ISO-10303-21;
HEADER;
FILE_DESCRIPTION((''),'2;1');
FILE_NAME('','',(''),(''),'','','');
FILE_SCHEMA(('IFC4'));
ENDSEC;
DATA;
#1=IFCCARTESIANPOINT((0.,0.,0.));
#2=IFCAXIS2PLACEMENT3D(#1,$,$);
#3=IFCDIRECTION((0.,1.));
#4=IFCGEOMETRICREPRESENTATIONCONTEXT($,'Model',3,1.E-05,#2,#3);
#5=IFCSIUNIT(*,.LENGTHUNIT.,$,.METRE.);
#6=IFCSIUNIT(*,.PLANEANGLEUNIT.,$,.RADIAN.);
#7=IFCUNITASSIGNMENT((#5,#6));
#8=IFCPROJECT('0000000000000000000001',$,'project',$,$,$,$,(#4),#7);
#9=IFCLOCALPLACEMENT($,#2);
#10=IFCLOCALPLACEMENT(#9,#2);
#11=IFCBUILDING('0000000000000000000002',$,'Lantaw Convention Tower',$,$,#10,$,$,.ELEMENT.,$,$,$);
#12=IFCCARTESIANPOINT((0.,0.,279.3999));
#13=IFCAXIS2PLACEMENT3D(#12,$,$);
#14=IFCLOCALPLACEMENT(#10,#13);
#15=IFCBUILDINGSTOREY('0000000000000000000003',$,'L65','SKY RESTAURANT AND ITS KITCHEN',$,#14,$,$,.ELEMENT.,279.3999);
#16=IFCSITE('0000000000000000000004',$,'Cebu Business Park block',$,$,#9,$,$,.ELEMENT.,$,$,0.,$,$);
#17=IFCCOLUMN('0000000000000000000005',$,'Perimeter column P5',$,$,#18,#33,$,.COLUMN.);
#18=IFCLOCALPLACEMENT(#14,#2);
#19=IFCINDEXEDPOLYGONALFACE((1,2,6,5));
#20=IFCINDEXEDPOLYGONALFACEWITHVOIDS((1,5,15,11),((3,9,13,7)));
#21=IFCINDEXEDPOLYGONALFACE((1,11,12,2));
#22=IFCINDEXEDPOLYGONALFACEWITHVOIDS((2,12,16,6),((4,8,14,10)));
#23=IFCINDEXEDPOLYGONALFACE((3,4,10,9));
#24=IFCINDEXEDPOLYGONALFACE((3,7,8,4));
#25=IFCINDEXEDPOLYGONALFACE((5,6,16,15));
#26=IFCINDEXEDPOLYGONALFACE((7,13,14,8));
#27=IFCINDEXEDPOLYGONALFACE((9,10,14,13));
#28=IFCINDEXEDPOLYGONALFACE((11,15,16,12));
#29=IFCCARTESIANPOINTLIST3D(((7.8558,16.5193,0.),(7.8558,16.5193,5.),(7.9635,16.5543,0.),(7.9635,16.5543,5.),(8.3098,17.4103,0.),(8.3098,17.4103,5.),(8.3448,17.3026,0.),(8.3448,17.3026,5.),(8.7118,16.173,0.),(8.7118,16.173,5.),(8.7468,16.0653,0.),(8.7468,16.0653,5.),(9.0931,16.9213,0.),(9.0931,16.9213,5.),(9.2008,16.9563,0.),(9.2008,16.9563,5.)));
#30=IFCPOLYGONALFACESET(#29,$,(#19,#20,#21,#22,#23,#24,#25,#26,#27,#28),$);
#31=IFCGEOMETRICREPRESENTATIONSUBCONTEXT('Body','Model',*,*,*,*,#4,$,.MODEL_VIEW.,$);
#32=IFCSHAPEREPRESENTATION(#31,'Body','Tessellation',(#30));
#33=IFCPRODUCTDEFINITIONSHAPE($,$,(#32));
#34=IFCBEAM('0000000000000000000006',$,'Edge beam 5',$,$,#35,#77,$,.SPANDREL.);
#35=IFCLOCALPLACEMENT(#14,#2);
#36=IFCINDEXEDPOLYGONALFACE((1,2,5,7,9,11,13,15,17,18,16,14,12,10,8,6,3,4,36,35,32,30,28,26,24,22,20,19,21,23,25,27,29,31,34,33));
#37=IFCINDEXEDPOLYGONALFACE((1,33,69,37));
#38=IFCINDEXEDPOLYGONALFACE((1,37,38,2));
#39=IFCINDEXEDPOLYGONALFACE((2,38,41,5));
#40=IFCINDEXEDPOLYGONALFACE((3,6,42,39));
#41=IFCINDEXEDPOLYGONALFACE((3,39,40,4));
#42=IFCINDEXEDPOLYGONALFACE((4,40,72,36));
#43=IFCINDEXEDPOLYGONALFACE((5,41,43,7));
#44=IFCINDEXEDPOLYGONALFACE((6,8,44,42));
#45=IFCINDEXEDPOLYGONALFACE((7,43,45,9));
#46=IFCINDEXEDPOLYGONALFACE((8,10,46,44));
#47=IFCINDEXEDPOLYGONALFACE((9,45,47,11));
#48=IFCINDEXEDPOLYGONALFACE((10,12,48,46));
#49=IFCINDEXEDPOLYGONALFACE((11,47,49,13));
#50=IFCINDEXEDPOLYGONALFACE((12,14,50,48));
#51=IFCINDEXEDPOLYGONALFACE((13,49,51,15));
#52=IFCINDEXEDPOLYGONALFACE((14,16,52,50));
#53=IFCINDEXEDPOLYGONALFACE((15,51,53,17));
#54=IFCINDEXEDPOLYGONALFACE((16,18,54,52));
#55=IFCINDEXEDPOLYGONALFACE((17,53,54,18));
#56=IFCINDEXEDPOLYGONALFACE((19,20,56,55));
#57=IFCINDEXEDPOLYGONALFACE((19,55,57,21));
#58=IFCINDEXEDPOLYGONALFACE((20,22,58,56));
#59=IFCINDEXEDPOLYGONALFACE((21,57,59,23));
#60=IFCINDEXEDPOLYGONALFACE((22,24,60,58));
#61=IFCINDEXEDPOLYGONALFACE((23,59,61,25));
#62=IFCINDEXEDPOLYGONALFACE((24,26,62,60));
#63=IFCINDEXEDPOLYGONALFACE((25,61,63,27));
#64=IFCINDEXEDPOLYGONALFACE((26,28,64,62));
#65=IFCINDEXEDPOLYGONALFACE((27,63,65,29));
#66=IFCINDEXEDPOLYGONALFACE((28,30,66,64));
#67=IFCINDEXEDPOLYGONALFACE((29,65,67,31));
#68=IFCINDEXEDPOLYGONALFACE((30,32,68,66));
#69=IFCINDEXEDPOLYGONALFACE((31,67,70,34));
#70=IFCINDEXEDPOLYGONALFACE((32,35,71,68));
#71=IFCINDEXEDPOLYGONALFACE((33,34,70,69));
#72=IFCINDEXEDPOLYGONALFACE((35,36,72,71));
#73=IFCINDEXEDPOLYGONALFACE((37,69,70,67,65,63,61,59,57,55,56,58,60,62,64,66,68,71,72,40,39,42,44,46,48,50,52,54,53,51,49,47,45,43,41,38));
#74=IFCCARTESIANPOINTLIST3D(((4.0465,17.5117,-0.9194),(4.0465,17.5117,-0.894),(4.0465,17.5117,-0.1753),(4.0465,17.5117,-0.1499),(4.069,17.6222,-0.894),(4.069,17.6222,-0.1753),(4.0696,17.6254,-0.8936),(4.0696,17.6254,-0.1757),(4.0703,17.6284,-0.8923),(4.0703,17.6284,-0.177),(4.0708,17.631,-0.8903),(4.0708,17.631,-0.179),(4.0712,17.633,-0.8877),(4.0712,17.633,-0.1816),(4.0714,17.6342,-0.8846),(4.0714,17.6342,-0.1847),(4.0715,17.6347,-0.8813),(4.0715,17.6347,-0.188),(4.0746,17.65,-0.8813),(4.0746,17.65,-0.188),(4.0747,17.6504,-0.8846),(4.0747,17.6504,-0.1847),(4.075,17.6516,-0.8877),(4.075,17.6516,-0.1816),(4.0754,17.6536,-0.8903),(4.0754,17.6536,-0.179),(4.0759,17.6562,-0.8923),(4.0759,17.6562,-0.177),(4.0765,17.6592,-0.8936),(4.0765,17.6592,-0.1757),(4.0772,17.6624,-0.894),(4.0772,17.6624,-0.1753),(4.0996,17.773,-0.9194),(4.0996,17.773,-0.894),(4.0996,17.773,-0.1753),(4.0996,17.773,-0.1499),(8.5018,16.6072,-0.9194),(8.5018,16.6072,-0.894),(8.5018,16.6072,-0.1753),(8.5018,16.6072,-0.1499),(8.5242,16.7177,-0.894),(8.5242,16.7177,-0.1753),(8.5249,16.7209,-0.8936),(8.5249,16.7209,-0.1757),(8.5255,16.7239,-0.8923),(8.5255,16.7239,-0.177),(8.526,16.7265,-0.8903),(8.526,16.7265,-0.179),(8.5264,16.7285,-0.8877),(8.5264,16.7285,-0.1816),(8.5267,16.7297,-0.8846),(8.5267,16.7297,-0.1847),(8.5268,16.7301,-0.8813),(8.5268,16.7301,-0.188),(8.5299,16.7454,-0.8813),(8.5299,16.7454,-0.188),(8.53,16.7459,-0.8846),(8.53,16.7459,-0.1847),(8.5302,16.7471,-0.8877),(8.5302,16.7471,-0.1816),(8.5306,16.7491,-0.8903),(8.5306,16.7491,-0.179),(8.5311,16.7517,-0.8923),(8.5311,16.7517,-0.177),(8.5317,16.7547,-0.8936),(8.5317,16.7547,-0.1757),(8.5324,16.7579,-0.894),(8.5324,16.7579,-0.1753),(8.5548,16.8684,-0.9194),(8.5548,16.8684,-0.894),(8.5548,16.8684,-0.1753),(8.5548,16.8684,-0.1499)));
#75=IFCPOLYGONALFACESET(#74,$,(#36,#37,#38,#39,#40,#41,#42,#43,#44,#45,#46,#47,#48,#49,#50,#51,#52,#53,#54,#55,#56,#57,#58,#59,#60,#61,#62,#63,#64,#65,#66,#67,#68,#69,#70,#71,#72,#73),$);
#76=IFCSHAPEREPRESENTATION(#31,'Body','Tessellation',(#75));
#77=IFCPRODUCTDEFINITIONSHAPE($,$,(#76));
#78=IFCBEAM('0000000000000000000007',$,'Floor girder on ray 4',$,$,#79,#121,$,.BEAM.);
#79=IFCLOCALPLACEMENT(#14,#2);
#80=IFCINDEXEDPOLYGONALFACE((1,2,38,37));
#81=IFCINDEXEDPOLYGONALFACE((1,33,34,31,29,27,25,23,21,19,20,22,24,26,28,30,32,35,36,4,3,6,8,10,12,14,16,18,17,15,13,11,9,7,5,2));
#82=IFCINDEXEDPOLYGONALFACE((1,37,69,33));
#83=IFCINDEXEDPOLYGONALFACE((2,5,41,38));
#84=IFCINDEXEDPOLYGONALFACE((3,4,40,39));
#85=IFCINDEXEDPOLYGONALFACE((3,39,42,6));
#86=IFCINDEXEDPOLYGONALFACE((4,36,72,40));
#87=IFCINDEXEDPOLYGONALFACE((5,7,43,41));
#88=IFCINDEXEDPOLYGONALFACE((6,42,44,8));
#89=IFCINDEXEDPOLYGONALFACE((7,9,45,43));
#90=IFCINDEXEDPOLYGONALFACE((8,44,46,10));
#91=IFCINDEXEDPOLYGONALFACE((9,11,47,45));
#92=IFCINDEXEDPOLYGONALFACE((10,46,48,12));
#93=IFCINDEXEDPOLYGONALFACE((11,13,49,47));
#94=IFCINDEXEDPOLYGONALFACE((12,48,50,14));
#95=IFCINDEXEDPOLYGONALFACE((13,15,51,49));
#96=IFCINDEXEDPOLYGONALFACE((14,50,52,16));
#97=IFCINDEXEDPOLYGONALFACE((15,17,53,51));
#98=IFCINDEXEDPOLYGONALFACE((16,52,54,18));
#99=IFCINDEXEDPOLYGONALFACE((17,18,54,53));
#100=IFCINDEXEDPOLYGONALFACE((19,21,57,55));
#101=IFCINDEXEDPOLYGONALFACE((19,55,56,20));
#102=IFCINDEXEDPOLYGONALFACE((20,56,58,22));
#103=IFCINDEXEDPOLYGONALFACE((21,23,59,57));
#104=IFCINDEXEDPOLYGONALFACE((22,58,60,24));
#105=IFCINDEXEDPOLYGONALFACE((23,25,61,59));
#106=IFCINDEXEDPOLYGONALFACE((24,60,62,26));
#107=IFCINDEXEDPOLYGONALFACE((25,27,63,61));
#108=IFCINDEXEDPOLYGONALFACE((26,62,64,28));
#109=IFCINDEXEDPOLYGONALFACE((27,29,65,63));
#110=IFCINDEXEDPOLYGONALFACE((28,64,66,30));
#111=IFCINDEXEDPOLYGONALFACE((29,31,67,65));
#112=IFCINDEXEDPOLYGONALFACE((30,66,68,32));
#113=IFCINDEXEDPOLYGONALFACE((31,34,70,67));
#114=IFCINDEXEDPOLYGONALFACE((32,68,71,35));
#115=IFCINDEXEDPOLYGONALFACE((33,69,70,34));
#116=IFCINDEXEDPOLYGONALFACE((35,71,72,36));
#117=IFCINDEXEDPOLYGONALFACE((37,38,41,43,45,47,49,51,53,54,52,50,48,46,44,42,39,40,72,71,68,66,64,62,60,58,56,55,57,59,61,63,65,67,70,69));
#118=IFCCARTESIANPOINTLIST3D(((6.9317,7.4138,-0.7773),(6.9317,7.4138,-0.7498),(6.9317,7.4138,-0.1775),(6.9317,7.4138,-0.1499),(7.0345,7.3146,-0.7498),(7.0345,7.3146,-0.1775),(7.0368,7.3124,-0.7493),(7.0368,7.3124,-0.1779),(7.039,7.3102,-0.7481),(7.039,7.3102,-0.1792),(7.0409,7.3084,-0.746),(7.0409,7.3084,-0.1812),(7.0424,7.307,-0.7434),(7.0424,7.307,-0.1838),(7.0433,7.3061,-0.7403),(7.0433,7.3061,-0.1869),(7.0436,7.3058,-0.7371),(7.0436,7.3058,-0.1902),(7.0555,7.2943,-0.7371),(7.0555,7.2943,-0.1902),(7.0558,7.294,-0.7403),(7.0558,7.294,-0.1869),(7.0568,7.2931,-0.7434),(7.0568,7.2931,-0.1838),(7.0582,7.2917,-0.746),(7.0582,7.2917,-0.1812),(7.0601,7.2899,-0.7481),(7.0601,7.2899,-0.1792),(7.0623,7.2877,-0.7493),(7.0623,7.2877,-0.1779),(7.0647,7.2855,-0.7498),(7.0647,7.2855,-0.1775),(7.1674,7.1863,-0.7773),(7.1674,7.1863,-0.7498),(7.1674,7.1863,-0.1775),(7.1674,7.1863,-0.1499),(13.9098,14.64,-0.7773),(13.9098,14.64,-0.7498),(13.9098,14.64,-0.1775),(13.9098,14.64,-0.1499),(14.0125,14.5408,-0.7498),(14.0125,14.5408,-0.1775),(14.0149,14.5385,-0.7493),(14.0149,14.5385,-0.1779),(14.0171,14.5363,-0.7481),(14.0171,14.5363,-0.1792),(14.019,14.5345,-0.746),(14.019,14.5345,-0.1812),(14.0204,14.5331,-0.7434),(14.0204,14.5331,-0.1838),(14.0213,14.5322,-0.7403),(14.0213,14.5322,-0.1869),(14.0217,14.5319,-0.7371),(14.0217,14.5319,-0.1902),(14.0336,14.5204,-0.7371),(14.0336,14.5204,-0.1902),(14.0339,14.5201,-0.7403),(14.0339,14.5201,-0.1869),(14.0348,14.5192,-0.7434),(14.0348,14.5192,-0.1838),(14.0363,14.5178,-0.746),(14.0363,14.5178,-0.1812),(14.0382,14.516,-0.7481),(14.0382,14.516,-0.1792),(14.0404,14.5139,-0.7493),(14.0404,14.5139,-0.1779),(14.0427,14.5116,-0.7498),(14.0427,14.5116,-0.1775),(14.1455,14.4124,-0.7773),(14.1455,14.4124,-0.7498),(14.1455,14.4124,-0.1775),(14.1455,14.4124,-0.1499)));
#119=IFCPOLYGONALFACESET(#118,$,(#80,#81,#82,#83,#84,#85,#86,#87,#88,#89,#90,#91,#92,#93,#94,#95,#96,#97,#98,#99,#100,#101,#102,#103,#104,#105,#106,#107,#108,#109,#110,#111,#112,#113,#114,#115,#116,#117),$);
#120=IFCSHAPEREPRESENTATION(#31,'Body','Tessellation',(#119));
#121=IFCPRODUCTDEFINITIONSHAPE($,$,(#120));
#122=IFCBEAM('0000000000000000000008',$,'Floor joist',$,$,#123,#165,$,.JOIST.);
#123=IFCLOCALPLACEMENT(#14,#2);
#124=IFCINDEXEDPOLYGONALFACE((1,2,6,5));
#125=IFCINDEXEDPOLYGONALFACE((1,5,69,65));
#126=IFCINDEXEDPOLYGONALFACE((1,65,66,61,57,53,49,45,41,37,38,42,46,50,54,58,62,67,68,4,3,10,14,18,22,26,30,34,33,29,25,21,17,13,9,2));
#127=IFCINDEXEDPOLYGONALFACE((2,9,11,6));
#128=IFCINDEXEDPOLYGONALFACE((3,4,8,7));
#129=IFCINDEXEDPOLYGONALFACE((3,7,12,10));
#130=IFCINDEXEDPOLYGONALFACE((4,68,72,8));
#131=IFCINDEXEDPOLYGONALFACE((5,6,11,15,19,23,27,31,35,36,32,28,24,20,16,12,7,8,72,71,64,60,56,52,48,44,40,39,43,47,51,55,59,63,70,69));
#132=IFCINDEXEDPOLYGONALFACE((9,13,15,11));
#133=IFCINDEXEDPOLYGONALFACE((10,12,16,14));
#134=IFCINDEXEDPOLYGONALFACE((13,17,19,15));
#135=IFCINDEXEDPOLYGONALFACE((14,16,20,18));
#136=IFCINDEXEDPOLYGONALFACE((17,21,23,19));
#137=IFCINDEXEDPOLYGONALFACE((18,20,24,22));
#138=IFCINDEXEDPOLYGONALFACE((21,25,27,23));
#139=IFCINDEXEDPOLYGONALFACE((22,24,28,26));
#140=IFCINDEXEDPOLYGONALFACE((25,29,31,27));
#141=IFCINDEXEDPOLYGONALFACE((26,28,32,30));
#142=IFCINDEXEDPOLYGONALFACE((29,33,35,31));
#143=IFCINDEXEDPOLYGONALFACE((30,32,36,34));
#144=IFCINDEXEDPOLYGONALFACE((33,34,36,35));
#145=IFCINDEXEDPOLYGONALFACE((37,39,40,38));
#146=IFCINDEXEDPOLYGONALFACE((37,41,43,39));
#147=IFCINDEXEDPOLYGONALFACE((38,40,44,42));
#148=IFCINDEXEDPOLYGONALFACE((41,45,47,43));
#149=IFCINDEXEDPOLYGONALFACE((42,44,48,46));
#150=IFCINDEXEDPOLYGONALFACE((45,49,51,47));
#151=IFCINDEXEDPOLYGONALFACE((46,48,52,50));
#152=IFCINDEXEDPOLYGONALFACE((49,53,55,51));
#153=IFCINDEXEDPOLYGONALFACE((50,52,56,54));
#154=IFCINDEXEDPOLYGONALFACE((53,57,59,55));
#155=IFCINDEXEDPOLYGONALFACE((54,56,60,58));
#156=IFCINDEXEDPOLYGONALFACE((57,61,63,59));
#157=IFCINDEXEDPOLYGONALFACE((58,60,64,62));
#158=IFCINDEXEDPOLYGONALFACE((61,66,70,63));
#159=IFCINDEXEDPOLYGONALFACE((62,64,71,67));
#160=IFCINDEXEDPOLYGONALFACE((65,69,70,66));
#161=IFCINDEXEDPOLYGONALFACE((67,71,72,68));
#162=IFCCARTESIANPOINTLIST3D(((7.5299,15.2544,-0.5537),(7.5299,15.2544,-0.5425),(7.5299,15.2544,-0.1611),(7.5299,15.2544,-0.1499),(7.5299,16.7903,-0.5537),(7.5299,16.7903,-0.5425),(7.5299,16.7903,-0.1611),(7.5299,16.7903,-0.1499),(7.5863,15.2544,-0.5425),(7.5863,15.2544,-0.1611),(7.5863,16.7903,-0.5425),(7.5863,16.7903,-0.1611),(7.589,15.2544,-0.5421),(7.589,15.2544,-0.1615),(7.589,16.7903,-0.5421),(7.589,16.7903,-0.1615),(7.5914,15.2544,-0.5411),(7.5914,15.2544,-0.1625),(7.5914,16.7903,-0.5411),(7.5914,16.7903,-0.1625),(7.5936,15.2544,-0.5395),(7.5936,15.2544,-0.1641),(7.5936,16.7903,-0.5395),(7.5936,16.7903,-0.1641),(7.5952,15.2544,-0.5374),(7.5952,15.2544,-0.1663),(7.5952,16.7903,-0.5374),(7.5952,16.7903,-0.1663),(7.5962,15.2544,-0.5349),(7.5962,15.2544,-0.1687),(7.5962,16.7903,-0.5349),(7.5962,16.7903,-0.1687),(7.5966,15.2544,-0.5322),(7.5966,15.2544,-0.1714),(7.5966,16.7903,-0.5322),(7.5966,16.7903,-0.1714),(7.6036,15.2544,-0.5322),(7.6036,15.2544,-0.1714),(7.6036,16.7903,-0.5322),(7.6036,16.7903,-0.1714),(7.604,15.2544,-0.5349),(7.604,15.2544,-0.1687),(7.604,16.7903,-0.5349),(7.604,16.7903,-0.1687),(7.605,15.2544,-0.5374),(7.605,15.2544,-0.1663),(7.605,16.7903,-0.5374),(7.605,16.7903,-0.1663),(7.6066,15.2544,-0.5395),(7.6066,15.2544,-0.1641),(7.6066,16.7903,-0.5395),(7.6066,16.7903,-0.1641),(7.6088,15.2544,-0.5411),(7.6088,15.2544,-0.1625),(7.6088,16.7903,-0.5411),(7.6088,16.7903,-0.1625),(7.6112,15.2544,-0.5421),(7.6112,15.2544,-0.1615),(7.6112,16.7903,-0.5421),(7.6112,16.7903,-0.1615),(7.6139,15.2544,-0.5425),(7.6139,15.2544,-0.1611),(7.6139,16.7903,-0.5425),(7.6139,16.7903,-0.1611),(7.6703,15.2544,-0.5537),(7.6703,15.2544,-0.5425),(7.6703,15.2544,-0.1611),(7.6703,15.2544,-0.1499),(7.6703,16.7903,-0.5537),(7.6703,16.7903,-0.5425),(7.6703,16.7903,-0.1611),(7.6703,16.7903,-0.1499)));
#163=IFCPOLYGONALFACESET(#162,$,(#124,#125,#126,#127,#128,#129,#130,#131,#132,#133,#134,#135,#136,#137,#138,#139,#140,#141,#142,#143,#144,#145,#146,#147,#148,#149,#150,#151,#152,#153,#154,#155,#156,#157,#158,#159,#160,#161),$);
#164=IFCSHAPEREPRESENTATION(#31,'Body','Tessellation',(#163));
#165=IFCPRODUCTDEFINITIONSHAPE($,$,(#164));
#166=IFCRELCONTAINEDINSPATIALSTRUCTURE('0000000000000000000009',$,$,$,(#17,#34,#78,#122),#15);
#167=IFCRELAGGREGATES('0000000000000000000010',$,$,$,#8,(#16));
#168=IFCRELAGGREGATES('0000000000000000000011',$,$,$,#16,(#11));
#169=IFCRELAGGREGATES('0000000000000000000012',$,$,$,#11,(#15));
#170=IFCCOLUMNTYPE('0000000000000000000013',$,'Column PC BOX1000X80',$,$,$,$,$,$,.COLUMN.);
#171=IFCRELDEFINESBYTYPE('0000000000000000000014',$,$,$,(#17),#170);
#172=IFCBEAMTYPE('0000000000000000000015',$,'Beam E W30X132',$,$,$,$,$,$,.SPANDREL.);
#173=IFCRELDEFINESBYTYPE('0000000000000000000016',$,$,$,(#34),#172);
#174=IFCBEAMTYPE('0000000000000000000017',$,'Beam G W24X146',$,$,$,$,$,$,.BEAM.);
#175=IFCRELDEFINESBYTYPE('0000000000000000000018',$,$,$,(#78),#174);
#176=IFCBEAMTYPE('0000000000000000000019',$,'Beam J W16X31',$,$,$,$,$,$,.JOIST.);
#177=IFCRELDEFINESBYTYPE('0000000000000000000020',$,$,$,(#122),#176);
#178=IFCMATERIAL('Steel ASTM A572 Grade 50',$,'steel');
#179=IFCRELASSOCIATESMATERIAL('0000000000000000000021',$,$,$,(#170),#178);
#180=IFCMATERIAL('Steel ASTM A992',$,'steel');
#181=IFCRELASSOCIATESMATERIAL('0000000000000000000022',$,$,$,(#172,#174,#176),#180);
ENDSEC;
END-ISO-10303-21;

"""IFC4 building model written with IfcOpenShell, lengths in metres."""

from ifc_helpers import new_model, si_unit, direction, frame, origin, origin_2d, place, context, subcontext, project, spatial, rectangle, hollow_rectangle, i_section, extrude, material, material_profile, profile_set, type_object, element, save


model = new_model("IFC4")

# Units and contexts
model_context = context("Model", 3, precision=1e-05, world=origin(), true_north=direction((0.0, 1.0)))
body_context = subcontext(model_context, "Body", "Model", "MODEL_VIEW")
ifc_project = project(units=[si_unit("LENGTHUNIT", "METRE"), si_unit("PLANEANGLEUNIT", "RADIAN")], contexts=[model_context])

# Site, building, storey
site_placement = place(None, origin())
site = spatial("IfcSite", under=ifc_project, at=site_placement, Name="Cebu Business Park block", CompositionType="ELEMENT", RefElevation=0.0)
building_placement = place(site_placement, origin())
building = spatial("IfcBuilding", under=site, at=building_placement, Name="Lantaw Convention Tower", CompositionType="ELEMENT")
storey_placement = place(building_placement, frame((0.0, 0.0, 279.3999)))
storey = spatial("IfcBuildingStorey", under=building, at=storey_placement, Name="L65", Description="SKY RESTAURANT AND ITS KITCHEN", CompositionType="ELEMENT", Elevation=279.3999)

# Column
ifc_material_1 = material(Name="Steel ASTM A572 Grade 50", Category="steel")
ifc_material_profile_1 = material_profile(ifc_material_1, hollow_rectangle(XDim=1.0, YDim=1.0, WallThickness=0.0801, at=origin_2d()), Name="BOX1000X80")
ifc_material_2 = material(Name="Concrete C60/75", Category="concrete")
ifc_material_profile_2 = material_profile(ifc_material_2, rectangle(XDim=0.8401, YDim=0.8401, at=origin_2d()), Name="Concrete fill of BOX1000X80")
ifc_profile_set_1 = profile_set([ifc_material_profile_1, ifc_material_profile_2], Name="Steel ASTM A572 Grade 50")
column_type = type_object("IfcColumnType", Name="Column PC BOX1000X80", PredefinedType="COLUMN", material=ifc_profile_set_1)
column_placement = place(storey_placement, frame((8.5283, 16.7378, 0.0), z_axis=(0.0, 0.0, 1.0), x_axis=(0.45399, 0.891007, 0.0)))
element("IfcColumn", 1, at=column_placement, inside=storey, type_object=column_type, Name="Perimeter column P5", PredefinedType="COLUMN", context=body_context, shape_type="SweptSolid", body=[
    extrude(hollow_rectangle(XDim=1.0, YDim=1.0, WallThickness=0.0801, at=origin_2d()), origin(), (0.0, 0.0, 1.0), 5.0),
])

# Beams
ifc_material_3 = material(Name="Steel ASTM A992", Category="steel")
ifc_material_profile_3 = material_profile(ifc_material_3, i_section(OverallWidth=0.2666, OverallDepth=0.7695, WebThickness=0.0156, FlangeThickness=0.0254, FilletRadius=0.0127, at=origin_2d()), Name="W30X132")
ifc_profile_set_2 = profile_set([ifc_material_profile_3], Name="Steel ASTM A992")
beam_type_1 = type_object("IfcBeamType", Name="Beam E W30X132", PredefinedType="SPANDREL", material=ifc_profile_set_2)
beam_1_placement = place(storey_placement, frame((8.5283, 16.7378, -0.5347), z_axis=(-0.980006, 0.198966, 0.0), x_axis=(-0.198966, -0.980006, 0.0)))
element("IfcBeam", 2, at=beam_1_placement, inside=storey, type_object=beam_type_1, Name="Edge beam 5", PredefinedType="SPANDREL", context=body_context, shape_type="SweptSolid", body=[
    extrude(i_section(OverallWidth=0.2666, OverallDepth=0.7695, WebThickness=0.0156, FlangeThickness=0.0254, FilletRadius=0.0127, at=origin_2d()), origin(), (0.0, 0.0, 1.0), 4.5461),
])
ifc_material_profile_4 = material_profile(ifc_material_3, i_section(OverallWidth=0.3276, OverallDepth=0.6274, WebThickness=0.0166, FlangeThickness=0.0276, FilletRadius=0.0127, at=origin_2d()), Name="W24X146")
ifc_profile_set_3 = profile_set([ifc_material_profile_4], Name="Steel ASTM A992")
beam_type_2 = type_object("IfcBeamType", Name="Beam G W24X146", PredefinedType="BEAM", material=ifc_profile_set_3)
beam_2_placement = place(storey_placement, frame((7.0496, 7.3, -0.4636), z_axis=(0.694653, 0.719345, 0.0), x_axis=(-0.719345, 0.694653, 0.0)))
element("IfcBeam", 3, at=beam_2_placement, inside=storey, type_object=beam_type_2, Name="Floor girder on ray 4", PredefinedType="BEAM", context=body_context, shape_type="SweptSolid", body=[
    extrude(i_section(OverallWidth=0.3276, OverallDepth=0.6274, WebThickness=0.0166, FlangeThickness=0.0276, FilletRadius=0.0127, at=origin_2d()), origin(), (0.0, 0.0, 1.0), 10.0454),
])
ifc_material_profile_5 = material_profile(ifc_material_3, i_section(OverallWidth=0.1404, OverallDepth=0.4038, WebThickness=0.0071, FlangeThickness=0.0112, FilletRadius=0.0103, at=origin_2d()), Name="W16X31")
ifc_profile_set_4 = profile_set([ifc_material_profile_5], Name="Steel ASTM A992")
beam_type_3 = type_object("IfcBeamType", Name="Beam J W16X31", PredefinedType="JOIST", material=ifc_profile_set_4)
beam_3_placement = place(storey_placement, frame((7.6001, 15.2544, -0.3518), z_axis=(0.0, 1.0, 0.0), x_axis=(-1.0, 0.0, 0.0)))
element("IfcBeam", 4, at=beam_3_placement, inside=storey, type_object=beam_type_3, Name="Floor joist", PredefinedType="JOIST", context=body_context, shape_type="SweptSolid", body=[
    extrude(i_section(OverallWidth=0.1404, OverallDepth=0.4038, WebThickness=0.0071, FlangeThickness=0.0112, FilletRadius=0.0103, at=origin_2d()), origin(), (0.0, 0.0, 1.0), 1.5359),
])

save(model, "model.ifc")
